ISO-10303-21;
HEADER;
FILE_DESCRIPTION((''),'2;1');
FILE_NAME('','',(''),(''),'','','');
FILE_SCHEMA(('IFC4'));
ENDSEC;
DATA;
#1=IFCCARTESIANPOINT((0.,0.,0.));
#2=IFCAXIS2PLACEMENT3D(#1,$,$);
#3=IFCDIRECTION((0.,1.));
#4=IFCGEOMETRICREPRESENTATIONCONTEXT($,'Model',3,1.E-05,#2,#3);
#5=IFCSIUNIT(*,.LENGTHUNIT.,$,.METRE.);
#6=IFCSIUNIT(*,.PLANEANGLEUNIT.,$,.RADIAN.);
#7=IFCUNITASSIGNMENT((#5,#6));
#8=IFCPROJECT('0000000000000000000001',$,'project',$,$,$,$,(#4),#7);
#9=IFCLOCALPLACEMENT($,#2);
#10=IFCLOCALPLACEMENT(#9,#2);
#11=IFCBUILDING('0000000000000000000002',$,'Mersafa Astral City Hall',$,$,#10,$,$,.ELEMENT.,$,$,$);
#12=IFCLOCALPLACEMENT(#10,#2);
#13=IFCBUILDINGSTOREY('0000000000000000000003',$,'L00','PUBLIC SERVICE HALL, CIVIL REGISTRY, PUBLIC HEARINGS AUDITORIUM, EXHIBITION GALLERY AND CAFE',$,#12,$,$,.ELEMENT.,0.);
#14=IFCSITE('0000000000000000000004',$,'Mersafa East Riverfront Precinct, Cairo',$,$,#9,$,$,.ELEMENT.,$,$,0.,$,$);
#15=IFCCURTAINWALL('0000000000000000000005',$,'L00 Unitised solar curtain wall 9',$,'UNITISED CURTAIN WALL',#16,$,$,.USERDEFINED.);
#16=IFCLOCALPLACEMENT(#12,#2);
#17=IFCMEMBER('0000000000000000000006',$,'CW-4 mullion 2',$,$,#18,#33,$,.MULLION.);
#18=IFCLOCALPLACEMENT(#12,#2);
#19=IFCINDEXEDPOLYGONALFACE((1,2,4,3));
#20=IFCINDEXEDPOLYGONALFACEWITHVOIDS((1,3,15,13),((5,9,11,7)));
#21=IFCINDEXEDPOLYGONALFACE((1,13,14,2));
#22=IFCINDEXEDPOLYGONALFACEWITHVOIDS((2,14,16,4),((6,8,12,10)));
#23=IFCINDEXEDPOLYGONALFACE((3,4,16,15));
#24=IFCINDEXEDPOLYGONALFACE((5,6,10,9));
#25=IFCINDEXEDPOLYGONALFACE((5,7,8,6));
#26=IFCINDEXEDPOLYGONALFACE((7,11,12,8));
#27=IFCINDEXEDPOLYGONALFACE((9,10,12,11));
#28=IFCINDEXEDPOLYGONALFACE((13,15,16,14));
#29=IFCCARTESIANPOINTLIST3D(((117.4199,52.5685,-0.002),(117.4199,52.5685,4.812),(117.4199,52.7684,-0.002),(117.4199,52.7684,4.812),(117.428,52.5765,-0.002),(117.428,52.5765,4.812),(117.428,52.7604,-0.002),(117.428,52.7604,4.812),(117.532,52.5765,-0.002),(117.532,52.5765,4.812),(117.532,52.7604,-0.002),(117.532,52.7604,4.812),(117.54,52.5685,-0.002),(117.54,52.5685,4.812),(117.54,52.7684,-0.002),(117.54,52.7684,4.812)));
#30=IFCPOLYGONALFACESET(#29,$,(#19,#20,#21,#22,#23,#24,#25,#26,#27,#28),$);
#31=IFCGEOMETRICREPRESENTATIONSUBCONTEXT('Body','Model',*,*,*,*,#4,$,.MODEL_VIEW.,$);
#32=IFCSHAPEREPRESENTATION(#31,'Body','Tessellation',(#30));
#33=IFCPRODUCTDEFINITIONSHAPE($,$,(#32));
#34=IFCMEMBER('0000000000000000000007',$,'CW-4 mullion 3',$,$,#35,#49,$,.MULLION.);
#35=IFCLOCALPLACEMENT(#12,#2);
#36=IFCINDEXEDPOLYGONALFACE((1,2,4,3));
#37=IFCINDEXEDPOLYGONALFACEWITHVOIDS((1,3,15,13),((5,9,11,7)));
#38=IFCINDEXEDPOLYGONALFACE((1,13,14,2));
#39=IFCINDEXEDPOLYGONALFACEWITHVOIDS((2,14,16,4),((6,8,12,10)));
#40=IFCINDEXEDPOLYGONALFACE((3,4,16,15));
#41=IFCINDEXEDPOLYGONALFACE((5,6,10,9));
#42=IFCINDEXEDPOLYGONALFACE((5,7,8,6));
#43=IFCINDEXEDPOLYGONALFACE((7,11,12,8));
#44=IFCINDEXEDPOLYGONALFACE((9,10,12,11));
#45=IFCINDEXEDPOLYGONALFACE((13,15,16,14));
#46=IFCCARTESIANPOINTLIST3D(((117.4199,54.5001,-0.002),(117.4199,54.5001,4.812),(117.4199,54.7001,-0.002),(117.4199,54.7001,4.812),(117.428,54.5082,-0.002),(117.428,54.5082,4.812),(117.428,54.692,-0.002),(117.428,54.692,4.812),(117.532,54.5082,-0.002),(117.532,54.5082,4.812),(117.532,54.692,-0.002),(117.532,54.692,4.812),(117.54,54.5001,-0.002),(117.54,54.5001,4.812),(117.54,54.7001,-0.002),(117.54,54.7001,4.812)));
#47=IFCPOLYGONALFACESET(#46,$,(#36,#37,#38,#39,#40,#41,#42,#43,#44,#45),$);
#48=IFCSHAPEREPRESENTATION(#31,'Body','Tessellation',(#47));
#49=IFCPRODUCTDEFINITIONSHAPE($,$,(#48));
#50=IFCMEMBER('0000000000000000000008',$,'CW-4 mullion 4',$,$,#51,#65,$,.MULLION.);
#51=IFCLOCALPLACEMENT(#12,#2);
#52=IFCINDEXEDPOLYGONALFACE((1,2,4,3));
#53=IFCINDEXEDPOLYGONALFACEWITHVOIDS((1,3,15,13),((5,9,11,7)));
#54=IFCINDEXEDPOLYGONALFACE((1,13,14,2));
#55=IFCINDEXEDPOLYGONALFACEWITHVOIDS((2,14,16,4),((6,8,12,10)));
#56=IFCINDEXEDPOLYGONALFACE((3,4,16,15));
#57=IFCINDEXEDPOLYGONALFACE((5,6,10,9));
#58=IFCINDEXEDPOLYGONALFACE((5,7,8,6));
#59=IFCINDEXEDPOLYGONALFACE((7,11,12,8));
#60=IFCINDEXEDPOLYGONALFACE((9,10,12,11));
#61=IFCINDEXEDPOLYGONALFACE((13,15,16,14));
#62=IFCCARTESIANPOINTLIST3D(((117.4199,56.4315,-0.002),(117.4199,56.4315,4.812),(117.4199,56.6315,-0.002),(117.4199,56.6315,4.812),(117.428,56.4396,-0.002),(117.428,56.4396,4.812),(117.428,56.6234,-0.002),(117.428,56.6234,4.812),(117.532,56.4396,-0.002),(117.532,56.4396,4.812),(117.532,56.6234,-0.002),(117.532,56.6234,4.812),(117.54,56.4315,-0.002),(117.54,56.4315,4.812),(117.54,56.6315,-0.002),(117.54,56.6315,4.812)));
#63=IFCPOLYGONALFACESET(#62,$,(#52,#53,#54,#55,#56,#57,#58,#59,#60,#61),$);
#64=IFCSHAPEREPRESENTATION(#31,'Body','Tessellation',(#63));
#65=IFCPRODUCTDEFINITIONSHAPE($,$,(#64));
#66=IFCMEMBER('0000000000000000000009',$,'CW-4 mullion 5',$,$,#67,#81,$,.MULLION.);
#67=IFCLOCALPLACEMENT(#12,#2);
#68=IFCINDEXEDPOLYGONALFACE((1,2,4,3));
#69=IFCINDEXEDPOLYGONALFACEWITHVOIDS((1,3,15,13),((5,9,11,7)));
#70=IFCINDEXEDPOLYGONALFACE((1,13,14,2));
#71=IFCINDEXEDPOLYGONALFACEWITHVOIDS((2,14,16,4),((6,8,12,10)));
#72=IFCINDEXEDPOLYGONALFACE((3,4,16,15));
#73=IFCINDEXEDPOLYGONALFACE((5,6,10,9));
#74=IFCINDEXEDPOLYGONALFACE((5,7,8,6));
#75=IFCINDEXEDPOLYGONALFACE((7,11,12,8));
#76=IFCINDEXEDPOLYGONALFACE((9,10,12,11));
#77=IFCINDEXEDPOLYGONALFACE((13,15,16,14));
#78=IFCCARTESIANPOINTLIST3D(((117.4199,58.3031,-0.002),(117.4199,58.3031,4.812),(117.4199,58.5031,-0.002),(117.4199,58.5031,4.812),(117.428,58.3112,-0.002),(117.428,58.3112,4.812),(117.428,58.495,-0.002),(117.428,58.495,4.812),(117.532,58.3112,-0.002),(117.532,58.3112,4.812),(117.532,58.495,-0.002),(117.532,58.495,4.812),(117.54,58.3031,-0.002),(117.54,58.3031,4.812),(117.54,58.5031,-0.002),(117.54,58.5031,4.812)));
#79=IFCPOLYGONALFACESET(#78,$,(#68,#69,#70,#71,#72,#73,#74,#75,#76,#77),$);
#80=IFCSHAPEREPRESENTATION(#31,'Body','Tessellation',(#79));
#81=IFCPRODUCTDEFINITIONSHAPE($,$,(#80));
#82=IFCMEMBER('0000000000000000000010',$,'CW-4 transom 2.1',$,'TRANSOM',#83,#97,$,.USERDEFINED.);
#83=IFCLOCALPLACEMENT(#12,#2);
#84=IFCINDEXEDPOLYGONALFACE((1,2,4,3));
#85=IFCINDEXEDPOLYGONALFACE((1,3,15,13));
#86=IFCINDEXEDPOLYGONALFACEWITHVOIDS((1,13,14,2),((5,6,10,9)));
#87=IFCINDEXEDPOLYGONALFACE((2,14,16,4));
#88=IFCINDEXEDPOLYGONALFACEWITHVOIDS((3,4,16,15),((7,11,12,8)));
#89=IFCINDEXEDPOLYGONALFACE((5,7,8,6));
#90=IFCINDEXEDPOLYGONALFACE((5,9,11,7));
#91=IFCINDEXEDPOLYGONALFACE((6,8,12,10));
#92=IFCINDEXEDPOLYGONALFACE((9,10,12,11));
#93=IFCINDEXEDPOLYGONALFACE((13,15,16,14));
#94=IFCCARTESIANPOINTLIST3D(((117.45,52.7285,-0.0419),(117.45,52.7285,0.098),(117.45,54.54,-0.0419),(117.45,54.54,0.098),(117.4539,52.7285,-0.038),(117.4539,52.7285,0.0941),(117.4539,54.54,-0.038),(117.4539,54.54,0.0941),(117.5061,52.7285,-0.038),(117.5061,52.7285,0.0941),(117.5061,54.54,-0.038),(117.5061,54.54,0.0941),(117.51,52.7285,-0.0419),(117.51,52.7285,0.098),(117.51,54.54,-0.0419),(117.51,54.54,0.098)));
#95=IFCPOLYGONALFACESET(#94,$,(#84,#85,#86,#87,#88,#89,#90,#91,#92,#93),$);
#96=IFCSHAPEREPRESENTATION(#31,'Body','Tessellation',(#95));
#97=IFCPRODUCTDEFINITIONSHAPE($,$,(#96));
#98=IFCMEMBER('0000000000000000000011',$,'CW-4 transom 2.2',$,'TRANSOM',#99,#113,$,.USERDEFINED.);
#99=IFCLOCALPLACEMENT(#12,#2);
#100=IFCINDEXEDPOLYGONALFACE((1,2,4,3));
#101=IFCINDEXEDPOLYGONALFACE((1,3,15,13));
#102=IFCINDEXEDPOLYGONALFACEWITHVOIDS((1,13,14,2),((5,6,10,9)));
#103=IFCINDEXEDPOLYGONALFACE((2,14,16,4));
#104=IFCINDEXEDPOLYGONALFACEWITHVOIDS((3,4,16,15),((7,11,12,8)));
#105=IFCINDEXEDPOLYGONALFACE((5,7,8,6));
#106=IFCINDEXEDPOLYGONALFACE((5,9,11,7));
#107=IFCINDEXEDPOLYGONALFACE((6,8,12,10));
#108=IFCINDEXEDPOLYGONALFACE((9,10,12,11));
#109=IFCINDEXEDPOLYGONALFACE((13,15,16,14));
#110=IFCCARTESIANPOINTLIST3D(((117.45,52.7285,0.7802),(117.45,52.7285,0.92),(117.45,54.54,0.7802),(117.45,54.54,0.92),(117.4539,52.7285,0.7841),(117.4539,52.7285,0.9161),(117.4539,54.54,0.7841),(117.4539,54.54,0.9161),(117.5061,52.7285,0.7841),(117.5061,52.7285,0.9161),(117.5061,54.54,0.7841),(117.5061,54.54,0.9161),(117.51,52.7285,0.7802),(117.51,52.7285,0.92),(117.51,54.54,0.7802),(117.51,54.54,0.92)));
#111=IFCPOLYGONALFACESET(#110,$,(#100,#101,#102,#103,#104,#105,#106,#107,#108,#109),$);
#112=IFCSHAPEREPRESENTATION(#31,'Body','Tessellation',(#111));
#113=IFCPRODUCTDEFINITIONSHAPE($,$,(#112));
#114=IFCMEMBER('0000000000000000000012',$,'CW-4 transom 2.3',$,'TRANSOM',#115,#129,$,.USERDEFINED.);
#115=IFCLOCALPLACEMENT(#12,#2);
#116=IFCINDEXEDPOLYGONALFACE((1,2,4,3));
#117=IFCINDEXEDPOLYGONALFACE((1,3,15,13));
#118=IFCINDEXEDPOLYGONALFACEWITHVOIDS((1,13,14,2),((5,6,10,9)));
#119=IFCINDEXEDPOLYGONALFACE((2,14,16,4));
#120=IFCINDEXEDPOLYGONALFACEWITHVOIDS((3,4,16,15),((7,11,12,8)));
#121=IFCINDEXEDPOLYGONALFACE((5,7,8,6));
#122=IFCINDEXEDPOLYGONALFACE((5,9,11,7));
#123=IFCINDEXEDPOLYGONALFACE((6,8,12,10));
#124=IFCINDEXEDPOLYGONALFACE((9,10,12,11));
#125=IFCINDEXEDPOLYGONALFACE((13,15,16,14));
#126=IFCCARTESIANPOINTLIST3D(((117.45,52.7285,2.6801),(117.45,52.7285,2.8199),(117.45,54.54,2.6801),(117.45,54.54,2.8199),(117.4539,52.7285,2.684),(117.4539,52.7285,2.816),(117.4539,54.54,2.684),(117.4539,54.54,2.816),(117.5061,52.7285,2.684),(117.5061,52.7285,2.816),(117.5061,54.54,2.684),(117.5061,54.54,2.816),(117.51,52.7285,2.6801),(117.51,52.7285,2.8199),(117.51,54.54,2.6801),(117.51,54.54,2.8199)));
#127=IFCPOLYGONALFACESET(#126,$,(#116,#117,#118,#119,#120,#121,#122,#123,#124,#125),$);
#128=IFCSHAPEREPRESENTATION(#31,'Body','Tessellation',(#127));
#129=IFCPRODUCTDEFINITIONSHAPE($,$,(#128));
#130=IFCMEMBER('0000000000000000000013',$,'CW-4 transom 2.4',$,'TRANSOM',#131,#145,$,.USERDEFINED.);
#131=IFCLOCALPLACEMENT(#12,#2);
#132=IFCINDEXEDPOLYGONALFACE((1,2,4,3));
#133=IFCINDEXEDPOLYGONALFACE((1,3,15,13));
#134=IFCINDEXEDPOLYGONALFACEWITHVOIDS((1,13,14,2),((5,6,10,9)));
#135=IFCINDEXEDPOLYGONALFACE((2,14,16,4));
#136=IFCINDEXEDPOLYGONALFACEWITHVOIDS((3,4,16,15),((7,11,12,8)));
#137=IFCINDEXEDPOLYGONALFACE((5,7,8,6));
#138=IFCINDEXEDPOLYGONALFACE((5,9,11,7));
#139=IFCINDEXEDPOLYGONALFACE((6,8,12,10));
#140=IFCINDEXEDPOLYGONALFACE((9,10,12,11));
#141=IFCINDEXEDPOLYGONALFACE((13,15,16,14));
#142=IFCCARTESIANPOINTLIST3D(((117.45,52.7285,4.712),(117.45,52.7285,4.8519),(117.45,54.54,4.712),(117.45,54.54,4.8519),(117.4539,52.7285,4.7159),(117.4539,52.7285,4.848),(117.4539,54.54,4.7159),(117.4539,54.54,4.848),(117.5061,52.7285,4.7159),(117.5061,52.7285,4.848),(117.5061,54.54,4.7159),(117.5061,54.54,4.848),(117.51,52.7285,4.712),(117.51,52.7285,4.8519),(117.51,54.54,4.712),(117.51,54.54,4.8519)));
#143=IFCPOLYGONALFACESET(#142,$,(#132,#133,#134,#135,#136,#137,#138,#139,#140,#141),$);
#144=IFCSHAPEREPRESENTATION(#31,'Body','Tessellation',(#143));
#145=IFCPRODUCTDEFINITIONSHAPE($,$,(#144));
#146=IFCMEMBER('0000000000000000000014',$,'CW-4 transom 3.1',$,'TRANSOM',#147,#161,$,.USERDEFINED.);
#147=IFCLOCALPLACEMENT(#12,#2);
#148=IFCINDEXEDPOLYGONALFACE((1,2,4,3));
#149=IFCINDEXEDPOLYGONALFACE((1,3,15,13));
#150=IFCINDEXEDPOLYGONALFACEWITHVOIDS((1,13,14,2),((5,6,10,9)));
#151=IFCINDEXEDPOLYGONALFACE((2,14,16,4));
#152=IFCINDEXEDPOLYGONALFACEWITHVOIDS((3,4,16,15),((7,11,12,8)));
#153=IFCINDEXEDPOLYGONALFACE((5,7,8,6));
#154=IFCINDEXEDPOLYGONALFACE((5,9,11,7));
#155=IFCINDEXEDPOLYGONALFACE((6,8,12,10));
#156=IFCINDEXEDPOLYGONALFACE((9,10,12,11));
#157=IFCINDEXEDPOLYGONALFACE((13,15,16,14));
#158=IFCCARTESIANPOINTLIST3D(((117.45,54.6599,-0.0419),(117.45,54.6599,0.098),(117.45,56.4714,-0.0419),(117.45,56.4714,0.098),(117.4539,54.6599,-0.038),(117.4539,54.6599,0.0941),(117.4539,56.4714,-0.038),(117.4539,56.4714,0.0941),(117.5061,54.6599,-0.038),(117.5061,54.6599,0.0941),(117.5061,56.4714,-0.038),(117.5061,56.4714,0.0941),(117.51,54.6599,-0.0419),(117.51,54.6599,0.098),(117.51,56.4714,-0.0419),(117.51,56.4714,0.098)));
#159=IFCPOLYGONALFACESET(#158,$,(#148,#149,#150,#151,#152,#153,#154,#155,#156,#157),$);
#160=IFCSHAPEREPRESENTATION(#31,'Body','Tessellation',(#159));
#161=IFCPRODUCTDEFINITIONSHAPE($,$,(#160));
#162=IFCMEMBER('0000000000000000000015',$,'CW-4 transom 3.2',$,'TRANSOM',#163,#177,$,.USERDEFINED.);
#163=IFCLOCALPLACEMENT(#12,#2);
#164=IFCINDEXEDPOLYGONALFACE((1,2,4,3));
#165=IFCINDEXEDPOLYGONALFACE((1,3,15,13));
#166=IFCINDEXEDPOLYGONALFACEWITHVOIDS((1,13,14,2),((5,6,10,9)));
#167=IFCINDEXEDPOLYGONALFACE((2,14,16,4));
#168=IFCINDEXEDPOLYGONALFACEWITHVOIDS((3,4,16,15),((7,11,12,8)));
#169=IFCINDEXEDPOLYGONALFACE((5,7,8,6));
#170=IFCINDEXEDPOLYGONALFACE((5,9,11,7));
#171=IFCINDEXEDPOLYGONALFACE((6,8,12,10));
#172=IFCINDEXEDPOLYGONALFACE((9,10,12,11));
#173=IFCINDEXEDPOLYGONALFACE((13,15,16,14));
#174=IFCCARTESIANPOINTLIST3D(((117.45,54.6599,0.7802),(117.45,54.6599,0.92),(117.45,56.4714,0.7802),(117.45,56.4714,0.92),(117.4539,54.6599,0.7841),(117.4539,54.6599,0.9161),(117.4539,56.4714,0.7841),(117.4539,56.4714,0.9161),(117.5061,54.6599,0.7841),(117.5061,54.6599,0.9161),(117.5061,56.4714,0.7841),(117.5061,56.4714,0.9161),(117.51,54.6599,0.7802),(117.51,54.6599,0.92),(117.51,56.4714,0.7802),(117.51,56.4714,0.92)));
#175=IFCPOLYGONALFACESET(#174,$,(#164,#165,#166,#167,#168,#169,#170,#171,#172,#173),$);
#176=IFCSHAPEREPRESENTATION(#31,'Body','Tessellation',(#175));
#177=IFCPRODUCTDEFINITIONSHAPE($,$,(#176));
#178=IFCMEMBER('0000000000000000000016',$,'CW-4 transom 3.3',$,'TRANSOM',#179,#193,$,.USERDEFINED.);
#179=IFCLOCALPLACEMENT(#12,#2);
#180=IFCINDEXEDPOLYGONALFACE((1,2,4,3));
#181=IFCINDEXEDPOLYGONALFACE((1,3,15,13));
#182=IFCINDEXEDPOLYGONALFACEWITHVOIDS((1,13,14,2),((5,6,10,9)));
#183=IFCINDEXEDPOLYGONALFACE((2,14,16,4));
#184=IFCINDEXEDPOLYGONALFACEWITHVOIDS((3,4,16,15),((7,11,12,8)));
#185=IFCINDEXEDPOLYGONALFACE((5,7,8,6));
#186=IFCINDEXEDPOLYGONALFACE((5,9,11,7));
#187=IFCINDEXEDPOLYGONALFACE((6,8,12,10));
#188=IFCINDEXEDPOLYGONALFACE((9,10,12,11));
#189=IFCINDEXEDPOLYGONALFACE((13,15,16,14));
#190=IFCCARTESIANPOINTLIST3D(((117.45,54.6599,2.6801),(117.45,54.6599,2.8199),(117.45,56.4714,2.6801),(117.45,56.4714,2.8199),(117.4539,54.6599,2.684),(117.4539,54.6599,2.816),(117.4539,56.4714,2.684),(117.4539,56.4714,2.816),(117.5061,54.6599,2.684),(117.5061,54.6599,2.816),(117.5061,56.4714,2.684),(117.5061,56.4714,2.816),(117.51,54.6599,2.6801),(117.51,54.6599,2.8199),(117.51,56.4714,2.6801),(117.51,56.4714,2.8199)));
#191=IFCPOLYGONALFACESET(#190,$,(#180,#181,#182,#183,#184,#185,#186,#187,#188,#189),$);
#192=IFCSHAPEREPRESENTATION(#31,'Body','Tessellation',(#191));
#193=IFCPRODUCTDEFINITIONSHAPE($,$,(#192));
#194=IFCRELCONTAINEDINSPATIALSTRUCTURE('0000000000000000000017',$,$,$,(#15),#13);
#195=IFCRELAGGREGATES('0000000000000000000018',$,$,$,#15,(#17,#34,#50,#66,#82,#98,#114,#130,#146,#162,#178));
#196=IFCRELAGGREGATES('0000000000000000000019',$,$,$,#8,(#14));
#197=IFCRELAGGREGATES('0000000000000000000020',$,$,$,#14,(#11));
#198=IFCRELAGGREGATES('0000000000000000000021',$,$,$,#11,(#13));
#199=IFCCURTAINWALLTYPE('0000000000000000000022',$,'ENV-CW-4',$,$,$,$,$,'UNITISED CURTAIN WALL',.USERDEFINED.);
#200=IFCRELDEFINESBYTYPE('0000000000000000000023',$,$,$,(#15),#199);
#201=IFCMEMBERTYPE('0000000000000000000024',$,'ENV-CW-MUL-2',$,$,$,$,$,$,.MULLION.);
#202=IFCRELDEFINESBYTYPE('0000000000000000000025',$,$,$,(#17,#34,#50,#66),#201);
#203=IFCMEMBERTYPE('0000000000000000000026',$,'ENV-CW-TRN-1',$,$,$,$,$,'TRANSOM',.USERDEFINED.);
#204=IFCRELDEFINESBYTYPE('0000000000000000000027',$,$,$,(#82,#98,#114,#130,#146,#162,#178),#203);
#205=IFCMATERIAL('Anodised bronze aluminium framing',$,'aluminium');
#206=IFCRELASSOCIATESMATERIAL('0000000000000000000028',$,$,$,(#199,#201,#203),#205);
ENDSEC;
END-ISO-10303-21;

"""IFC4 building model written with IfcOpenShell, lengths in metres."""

from ifc_helpers import new_model, si_unit, direction, frame, origin, origin_2d, place, context, subcontext, project, spatial, hollow_rectangle, extrude, material, material_profile, profile_set, type_object, element, aggregate, save


model = new_model("IFC4")

# Units and contexts
model_context = context("Model", 3, precision=1e-05, world=origin(), true_north=direction((0.0, 1.0)))
body_context = subcontext(model_context, "Body", "Model", "MODEL_VIEW")
ifc_project = project(units=[si_unit("LENGTHUNIT", "METRE"), si_unit("PLANEANGLEUNIT", "RADIAN")], contexts=[model_context])

# Site, building, storey
site_placement = place(None, origin())
site = spatial("IfcSite", under=ifc_project, at=site_placement, Name="Mersafa East Riverfront Precinct, Cairo", CompositionType="ELEMENT", RefElevation=0.0)
building_placement = place(site_placement, origin())
building = spatial("IfcBuilding", under=site, at=building_placement, Name="Mersafa Astral City Hall", CompositionType="ELEMENT")
storey_placement = place(building_placement, origin())
storey = spatial("IfcBuildingStorey", under=building, at=storey_placement, Name="L00", Description="PUBLIC SERVICE HALL, CIVIL REGISTRY, PUBLIC HEARINGS AUDITORIUM, EXHIBITION GALLERY AND CAFE", CompositionType="ELEMENT", Elevation=0.0)

# Curtain wall, members
ifc_material_1 = material(Name="Anodised bronze aluminium framing", Category="aluminium")
curtain_wall_type = type_object("IfcCurtainWallType", Name="ENV-CW-4", ElementType="UNITISED CURTAIN WALL", PredefinedType="USERDEFINED", material=ifc_material_1)
curtain_wall_placement = place(storey_placement, origin())
curtain_wall = element("IfcCurtainWall", 1, at=curtain_wall_placement, inside=storey, type_object=curtain_wall_type, Name="L00 Unitised solar curtain wall 9", ObjectType="UNITISED CURTAIN WALL", PredefinedType="USERDEFINED")
ifc_material_profile_1 = material_profile(ifc_material_1, hollow_rectangle(XDim=0.1201, YDim=0.2, WallThickness=0.0081, at=origin_2d()), Name="RHS 120x200x8")
ifc_profile_set_1 = profile_set([ifc_material_profile_1], Name="Anodised bronze aluminium framing")
member_type_1 = type_object("IfcMemberType", Name="ENV-CW-MUL-2", PredefinedType="MULLION", material=ifc_profile_set_1)
member_1_placement = place(storey_placement, frame((117.48, 52.6685, -0.002), z_axis=(0.0, 0.0, 1.0), x_axis=(-1.0, 0.0, 0.0)))
member_1 = element("IfcMember", 2, at=member_1_placement, type_object=member_type_1, Name="CW-4 mullion 2", PredefinedType="MULLION", context=body_context, shape_type="SweptSolid", body=[
    extrude(hollow_rectangle(XDim=0.1201, YDim=0.2, WallThickness=0.0081, at=origin_2d()), origin(), (0.0, 0.0, 1.0), 4.814),
])
member_2_placement = place(storey_placement, frame((117.48, 54.6001, -0.002), z_axis=(0.0, 0.0, 1.0), x_axis=(-1.0, 0.0, 0.0)))
member_2 = element("IfcMember", 3, at=member_2_placement, type_object=member_type_1, Name="CW-4 mullion 3", PredefinedType="MULLION", context=body_context, shape_type="SweptSolid", body=[
    extrude(hollow_rectangle(XDim=0.1201, YDim=0.2, WallThickness=0.0081, at=origin_2d()), origin(), (0.0, 0.0, 1.0), 4.814),
])
member_3_placement = place(storey_placement, frame((117.48, 56.5315, -0.002), z_axis=(0.0, 0.0, 1.0), x_axis=(-1.0, 0.0, 0.0)))
member_3 = element("IfcMember", 4, at=member_3_placement, type_object=member_type_1, Name="CW-4 mullion 4", PredefinedType="MULLION", context=body_context, shape_type="SweptSolid", body=[
    extrude(hollow_rectangle(XDim=0.1201, YDim=0.2, WallThickness=0.0081, at=origin_2d()), origin(), (0.0, 0.0, 1.0), 4.814),
])
member_4_placement = place(storey_placement, frame((117.48, 58.4031, -0.002), z_axis=(0.0, 0.0, 1.0), x_axis=(-1.0, 0.0, 0.0)))
member_4 = element("IfcMember", 5, at=member_4_placement, type_object=member_type_1, Name="CW-4 mullion 5", PredefinedType="MULLION", context=body_context, shape_type="SweptSolid", body=[
    extrude(hollow_rectangle(XDim=0.1201, YDim=0.2, WallThickness=0.0081, at=origin_2d()), origin(), (0.0, 0.0, 1.0), 4.814),
])
ifc_material_profile_2 = material_profile(ifc_material_1, hollow_rectangle(XDim=0.0601, YDim=0.1399, WallThickness=0.0039, at=origin_2d()), Name="RHS 60x140x4")
ifc_profile_set_2 = profile_set([ifc_material_profile_2], Name="Anodised bronze aluminium framing")
member_type_2 = type_object("IfcMemberType", Name="ENV-CW-TRN-1", ElementType="TRANSOM", PredefinedType="USERDEFINED", material=ifc_profile_set_2)
member_5_placement = place(storey_placement, frame((117.48, 52.7285, 0.0281), z_axis=(0.0, 1.0, 0.0), x_axis=(-1.0, 0.0, 0.0)))
member_5 = element("IfcMember", 6, at=member_5_placement, type_object=member_type_2, Name="CW-4 transom 2.1", ObjectType="TRANSOM", PredefinedType="USERDEFINED", context=body_context, shape_type="SweptSolid", body=[
    extrude(hollow_rectangle(XDim=0.0601, YDim=0.1399, WallThickness=0.0039, at=origin_2d()), origin(), (0.0, 0.0, 1.0), 1.8115),
])
member_6_placement = place(storey_placement, frame((117.48, 52.7285, 0.8501), z_axis=(0.0, 1.0, 0.0), x_axis=(-1.0, 0.0, 0.0)))
member_6 = element("IfcMember", 7, at=member_6_placement, type_object=member_type_2, Name="CW-4 transom 2.2", ObjectType="TRANSOM", PredefinedType="USERDEFINED", context=body_context, shape_type="SweptSolid", body=[
    extrude(hollow_rectangle(XDim=0.0601, YDim=0.1399, WallThickness=0.0039, at=origin_2d()), origin(), (0.0, 0.0, 1.0), 1.8115),
])
member_7_placement = place(storey_placement, frame((117.48, 52.7285, 2.75), z_axis=(0.0, 1.0, 0.0), x_axis=(-1.0, 0.0, 0.0)))
member_7 = element("IfcMember", 8, at=member_7_placement, type_object=member_type_2, Name="CW-4 transom 2.3", ObjectType="TRANSOM", PredefinedType="USERDEFINED", context=body_context, shape_type="SweptSolid", body=[
    extrude(hollow_rectangle(XDim=0.0601, YDim=0.1399, WallThickness=0.0039, at=origin_2d()), origin(), (0.0, 0.0, 1.0), 1.8115),
])
member_8_placement = place(storey_placement, frame((117.48, 52.7285, 4.782), z_axis=(0.0, 1.0, 0.0), x_axis=(-1.0, 0.0, 0.0)))
member_8 = element("IfcMember", 9, at=member_8_placement, type_object=member_type_2, Name="CW-4 transom 2.4", ObjectType="TRANSOM", PredefinedType="USERDEFINED", context=body_context, shape_type="SweptSolid", body=[
    extrude(hollow_rectangle(XDim=0.0601, YDim=0.1399, WallThickness=0.0039, at=origin_2d()), origin(), (0.0, 0.0, 1.0), 1.8115),
])
member_9_placement = place(storey_placement, frame((117.48, 54.6599, 0.0281), z_axis=(0.0, 1.0, 0.0), x_axis=(-1.0, 0.0, 0.0)))
member_9 = element("IfcMember", 10, at=member_9_placement, type_object=member_type_2, Name="CW-4 transom 3.1", ObjectType="TRANSOM", PredefinedType="USERDEFINED", context=body_context, shape_type="SweptSolid", body=[
    extrude(hollow_rectangle(XDim=0.0601, YDim=0.1399, WallThickness=0.0039, at=origin_2d()), origin(), (0.0, 0.0, 1.0), 1.8115),
])
member_10_placement = place(storey_placement, frame((117.48, 54.6599, 0.8501), z_axis=(0.0, 1.0, 0.0), x_axis=(-1.0, 0.0, 0.0)))
member_10 = element("IfcMember", 11, at=member_10_placement, type_object=member_type_2, Name="CW-4 transom 3.2", ObjectType="TRANSOM", PredefinedType="USERDEFINED", context=body_context, shape_type="SweptSolid", body=[
    extrude(hollow_rectangle(XDim=0.0601, YDim=0.1399, WallThickness=0.0039, at=origin_2d()), origin(), (0.0, 0.0, 1.0), 1.8115),
])
member_11_placement = place(storey_placement, frame((117.48, 54.6599, 2.75), z_axis=(0.0, 1.0, 0.0), x_axis=(-1.0, 0.0, 0.0)))
member_11 = element("IfcMember", 12, at=member_11_placement, type_object=member_type_2, Name="CW-4 transom 3.3", ObjectType="TRANSOM", PredefinedType="USERDEFINED", context=body_context, shape_type="SweptSolid", body=[
    extrude(hollow_rectangle(XDim=0.0601, YDim=0.1399, WallThickness=0.0039, at=origin_2d()), origin(), (0.0, 0.0, 1.0), 1.8115),
])
aggregate(curtain_wall, [member_1, member_2, member_3, member_4, member_5, member_6, member_7, member_8, member_9, member_10, member_11])

save(model, "model.ifc")
